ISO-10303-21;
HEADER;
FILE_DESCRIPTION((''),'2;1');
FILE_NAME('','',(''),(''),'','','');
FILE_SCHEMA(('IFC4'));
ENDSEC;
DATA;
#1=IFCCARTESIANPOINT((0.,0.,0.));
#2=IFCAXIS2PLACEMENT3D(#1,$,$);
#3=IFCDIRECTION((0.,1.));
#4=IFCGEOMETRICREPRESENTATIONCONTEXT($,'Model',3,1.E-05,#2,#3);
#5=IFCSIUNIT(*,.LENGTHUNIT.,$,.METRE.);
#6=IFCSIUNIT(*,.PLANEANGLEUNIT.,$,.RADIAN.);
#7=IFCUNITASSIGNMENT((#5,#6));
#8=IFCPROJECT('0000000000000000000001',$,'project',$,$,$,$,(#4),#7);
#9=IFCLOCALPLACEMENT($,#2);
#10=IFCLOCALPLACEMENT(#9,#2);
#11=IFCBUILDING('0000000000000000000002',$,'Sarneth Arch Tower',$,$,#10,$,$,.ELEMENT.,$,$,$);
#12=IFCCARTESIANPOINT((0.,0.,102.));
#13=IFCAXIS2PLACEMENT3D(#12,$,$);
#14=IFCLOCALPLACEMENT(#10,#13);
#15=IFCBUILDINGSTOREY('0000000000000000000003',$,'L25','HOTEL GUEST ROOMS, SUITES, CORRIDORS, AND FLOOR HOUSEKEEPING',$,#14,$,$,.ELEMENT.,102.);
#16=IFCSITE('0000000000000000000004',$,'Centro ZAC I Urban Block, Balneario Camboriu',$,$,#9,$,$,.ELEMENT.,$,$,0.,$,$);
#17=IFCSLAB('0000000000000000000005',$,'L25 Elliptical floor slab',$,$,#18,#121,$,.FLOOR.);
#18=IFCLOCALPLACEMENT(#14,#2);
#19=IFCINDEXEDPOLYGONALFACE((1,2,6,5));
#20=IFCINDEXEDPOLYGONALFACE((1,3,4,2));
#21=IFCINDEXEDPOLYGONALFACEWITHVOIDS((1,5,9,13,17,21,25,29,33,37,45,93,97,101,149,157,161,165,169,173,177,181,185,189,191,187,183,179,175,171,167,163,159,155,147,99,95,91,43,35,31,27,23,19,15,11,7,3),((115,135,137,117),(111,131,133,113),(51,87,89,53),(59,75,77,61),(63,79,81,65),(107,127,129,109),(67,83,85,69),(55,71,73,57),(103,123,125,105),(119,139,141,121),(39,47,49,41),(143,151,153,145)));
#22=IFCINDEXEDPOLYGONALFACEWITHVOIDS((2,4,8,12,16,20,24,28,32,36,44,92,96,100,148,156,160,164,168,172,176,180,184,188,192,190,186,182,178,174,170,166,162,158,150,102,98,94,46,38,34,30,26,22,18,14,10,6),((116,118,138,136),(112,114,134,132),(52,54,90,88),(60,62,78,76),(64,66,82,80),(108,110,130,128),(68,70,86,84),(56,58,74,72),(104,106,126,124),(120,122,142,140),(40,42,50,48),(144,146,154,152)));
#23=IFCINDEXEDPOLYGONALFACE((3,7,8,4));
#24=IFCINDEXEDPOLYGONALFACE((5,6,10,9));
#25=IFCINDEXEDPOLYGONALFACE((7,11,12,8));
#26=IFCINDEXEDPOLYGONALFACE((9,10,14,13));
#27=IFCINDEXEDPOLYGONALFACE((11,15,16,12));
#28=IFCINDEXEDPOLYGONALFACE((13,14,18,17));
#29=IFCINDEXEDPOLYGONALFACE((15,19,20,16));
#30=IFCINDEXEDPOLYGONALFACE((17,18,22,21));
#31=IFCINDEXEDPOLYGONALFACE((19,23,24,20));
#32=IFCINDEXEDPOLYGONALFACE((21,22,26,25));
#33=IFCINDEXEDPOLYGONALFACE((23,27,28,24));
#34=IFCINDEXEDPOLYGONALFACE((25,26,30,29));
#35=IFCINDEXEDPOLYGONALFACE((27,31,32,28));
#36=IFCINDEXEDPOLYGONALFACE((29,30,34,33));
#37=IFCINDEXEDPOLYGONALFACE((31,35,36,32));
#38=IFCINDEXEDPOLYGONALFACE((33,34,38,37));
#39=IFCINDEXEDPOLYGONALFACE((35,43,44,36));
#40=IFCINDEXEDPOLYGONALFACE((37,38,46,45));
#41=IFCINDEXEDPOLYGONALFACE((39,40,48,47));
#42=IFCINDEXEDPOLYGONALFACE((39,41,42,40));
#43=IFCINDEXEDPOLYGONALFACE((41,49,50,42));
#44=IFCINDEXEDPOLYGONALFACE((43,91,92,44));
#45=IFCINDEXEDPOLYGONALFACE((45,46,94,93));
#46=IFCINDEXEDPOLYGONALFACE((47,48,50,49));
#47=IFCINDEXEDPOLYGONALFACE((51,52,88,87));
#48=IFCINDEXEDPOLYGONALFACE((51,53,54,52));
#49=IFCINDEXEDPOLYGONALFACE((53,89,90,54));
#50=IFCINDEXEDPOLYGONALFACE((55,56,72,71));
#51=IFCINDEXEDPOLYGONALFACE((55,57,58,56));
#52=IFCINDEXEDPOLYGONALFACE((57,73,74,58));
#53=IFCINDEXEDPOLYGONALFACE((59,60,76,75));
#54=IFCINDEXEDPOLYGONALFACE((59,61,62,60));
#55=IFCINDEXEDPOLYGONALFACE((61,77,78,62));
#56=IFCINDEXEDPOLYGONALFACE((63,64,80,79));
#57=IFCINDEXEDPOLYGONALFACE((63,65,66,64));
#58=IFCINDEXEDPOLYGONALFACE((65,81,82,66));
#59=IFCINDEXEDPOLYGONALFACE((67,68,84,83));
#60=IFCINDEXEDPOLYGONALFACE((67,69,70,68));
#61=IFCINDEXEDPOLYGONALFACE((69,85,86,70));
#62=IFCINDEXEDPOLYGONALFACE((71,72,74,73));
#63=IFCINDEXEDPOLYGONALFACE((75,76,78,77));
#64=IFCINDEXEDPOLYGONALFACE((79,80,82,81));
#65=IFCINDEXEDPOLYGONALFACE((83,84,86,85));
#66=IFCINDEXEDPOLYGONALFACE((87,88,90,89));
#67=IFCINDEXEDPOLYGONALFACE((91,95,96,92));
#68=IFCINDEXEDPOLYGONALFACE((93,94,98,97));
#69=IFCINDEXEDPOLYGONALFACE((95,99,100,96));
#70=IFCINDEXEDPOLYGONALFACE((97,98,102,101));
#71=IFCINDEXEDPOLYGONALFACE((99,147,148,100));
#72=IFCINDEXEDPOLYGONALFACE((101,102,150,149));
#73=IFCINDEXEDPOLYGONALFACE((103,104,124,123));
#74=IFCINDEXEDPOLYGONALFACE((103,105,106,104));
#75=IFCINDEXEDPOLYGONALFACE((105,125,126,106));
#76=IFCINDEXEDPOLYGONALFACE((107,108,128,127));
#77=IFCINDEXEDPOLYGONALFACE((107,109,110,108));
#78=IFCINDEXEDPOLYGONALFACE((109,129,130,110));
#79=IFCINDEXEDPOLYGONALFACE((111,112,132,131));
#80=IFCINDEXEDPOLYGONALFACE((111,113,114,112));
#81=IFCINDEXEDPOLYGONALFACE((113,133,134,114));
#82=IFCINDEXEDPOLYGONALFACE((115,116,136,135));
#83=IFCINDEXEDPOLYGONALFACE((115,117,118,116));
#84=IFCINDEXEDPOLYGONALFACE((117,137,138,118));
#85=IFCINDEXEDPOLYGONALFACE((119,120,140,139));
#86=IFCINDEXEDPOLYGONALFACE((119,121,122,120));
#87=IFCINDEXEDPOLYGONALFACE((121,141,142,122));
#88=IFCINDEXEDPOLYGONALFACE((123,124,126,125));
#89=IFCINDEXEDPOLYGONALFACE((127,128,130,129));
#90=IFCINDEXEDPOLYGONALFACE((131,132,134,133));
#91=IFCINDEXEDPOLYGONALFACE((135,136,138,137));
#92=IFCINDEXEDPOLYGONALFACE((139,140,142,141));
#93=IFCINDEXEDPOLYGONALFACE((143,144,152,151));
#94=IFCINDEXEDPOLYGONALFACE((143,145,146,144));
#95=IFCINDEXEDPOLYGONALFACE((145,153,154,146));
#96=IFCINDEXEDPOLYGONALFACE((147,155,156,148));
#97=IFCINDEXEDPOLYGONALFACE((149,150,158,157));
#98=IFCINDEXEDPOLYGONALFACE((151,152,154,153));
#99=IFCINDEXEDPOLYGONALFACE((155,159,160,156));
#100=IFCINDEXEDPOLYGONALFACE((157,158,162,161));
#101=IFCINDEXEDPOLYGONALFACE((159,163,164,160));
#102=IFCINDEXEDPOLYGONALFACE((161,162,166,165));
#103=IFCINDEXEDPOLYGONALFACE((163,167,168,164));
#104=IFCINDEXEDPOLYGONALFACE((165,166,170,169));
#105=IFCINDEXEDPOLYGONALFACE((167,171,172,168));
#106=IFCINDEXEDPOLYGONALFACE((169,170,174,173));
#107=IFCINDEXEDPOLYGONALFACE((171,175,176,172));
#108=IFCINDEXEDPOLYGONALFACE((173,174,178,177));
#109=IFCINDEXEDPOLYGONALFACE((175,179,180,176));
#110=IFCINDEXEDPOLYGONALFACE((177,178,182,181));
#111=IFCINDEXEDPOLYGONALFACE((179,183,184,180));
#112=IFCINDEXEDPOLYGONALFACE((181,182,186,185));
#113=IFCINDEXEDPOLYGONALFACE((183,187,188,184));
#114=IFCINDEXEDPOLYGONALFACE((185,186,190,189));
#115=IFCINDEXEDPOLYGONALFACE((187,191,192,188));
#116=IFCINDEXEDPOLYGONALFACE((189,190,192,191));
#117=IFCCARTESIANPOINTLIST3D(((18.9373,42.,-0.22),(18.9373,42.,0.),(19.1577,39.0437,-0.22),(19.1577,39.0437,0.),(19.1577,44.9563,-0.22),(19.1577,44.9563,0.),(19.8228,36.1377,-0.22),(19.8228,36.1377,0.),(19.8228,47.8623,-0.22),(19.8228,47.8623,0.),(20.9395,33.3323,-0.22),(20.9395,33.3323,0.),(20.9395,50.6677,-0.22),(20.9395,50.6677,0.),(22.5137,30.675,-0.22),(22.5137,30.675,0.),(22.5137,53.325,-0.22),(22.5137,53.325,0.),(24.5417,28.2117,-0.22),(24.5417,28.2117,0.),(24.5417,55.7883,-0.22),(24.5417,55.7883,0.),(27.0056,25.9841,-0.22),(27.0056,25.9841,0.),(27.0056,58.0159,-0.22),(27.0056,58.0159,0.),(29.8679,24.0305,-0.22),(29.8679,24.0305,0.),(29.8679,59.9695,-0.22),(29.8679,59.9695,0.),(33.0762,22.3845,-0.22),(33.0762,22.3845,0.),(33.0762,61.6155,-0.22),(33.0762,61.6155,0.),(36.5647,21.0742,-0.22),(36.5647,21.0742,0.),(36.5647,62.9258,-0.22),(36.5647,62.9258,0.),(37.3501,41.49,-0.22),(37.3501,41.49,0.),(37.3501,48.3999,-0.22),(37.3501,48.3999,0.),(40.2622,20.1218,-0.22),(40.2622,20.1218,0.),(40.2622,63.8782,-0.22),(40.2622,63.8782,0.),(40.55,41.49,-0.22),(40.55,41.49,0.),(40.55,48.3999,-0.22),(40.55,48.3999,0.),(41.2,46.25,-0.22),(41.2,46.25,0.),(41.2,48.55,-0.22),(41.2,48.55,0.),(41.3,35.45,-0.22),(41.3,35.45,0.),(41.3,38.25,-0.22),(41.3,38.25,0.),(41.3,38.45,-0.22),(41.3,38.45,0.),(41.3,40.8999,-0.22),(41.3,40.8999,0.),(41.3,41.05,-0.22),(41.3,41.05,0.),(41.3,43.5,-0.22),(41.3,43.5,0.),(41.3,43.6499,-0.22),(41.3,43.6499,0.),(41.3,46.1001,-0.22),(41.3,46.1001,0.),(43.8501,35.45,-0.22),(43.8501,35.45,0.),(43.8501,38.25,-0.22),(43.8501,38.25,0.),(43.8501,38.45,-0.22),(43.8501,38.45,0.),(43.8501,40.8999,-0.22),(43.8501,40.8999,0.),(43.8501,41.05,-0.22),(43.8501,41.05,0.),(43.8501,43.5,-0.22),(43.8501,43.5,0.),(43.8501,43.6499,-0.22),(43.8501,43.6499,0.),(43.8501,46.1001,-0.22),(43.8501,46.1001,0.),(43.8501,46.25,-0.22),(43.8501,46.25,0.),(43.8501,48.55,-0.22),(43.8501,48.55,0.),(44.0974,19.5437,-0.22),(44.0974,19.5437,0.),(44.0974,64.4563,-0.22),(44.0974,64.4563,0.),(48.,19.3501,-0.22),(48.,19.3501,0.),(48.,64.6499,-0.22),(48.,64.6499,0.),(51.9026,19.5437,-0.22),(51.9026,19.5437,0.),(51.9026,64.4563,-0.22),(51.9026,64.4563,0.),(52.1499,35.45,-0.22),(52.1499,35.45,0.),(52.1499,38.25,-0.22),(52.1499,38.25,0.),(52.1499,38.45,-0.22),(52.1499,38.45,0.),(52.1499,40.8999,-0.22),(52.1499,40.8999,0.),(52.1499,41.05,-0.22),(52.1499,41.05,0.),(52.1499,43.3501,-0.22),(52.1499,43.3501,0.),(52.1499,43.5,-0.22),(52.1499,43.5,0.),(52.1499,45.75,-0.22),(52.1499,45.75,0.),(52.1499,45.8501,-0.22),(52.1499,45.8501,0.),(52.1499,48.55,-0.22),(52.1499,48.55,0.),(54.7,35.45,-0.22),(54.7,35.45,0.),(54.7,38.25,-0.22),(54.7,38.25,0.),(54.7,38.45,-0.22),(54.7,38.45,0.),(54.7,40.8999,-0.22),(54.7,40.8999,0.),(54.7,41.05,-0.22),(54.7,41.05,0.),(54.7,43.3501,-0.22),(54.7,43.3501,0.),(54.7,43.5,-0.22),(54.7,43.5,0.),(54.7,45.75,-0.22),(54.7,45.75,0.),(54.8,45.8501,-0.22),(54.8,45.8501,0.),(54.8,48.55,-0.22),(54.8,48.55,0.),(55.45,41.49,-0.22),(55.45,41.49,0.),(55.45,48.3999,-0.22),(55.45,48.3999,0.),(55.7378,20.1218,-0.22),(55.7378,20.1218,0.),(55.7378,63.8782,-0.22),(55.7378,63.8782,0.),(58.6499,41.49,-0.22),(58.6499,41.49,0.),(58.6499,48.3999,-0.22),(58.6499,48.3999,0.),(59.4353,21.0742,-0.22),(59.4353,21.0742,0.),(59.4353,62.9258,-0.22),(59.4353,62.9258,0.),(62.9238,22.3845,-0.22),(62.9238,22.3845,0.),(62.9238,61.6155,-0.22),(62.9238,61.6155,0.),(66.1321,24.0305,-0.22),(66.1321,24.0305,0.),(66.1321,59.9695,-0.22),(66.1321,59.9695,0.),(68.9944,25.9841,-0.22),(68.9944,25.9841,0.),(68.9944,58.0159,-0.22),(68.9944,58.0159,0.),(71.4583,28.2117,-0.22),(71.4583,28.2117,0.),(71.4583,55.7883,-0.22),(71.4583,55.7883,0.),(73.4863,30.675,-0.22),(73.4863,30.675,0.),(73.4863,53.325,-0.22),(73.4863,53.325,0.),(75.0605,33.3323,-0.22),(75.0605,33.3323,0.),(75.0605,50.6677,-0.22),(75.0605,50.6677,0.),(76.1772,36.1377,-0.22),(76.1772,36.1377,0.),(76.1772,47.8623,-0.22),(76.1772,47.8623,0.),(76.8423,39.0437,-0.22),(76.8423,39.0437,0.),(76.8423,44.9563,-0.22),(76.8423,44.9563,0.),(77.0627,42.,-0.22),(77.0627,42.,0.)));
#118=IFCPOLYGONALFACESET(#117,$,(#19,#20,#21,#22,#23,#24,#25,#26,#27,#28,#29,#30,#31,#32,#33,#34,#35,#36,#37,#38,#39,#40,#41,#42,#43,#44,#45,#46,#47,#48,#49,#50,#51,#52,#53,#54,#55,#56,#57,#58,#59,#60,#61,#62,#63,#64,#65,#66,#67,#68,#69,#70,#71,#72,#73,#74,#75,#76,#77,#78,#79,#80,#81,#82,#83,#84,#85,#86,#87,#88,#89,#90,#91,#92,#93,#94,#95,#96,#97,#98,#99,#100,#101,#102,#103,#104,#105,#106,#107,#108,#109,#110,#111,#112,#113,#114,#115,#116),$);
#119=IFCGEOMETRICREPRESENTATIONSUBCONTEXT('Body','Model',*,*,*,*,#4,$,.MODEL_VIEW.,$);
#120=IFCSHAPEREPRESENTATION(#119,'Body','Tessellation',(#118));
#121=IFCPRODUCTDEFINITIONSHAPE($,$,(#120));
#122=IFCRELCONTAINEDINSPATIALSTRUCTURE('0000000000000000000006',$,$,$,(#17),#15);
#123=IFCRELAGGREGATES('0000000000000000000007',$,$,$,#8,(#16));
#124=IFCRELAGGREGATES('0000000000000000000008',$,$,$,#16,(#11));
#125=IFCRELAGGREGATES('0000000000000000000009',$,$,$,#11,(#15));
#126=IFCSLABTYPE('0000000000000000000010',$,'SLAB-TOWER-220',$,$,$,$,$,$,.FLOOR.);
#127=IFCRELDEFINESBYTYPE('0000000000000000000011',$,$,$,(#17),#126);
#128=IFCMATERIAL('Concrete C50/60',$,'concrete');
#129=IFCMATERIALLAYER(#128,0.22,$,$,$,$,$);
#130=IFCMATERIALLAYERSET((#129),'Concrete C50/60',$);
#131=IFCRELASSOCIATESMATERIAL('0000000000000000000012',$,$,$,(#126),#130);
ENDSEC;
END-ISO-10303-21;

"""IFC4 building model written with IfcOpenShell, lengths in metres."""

from ifc_helpers import new_model, si_unit, direction, frame, origin, place, context, subcontext, project, spatial, polyline, outline, extrude, material, layer, layer_set, type_object, element, save


model = new_model("IFC4")

# Units and contexts
model_context = context("Model", 3, precision=1e-05, world=origin(), true_north=direction((0.0, 1.0)))
body_context = subcontext(model_context, "Body", "Model", "MODEL_VIEW")
ifc_project = project(units=[si_unit("LENGTHUNIT", "METRE"), si_unit("PLANEANGLEUNIT", "RADIAN")], contexts=[model_context])

# Site, building, storey
site_placement = place(None, origin())
site = spatial("IfcSite", under=ifc_project, at=site_placement, Name="Centro ZAC I Urban Block, Balneario Camboriu", CompositionType="ELEMENT", RefElevation=0.0)
building_placement = place(site_placement, origin())
building = spatial("IfcBuilding", under=site, at=building_placement, Name="Sarneth Arch Tower", CompositionType="ELEMENT")
storey_placement = place(building_placement, frame((0.0, 0.0, 102.0)))
storey = spatial("IfcBuildingStorey", under=building, at=storey_placement, Name="L25", Description="HOTEL GUEST ROOMS, SUITES, CORRIDORS, AND FLOOR HOUSEKEEPING", CompositionType="ELEMENT", Elevation=102.0)

# Slab
ifc_material_1 = material(Name="Concrete C50/60", Category="concrete")
ifc_layer_1 = layer(ifc_material_1, 0.22)
ifc_layer_set_1 = layer_set([ifc_layer_1], Name="Concrete C50/60")
slab_type_1 = type_object("IfcSlabType", Name="SLAB-TOWER-220", PredefinedType="FLOOR", material=ifc_layer_set_1)
slab_1_placement = place(storey_placement, frame((0.0, 0.0, -0.22)))
element("IfcSlab", 1, at=slab_1_placement, inside=storey, type_object=slab_type_1, Name="L25 Elliptical floor slab", PredefinedType="FLOOR", context=body_context, shape_type="SweptSolid", body=[
    extrude(outline(polyline([(77.0627, 42.0), (76.8423, 44.9563), (76.1772, 47.8623), (75.0605, 50.6677), (73.4863, 53.325), (71.4583, 55.7883), (68.9944, 58.0159), (66.1321, 59.9695), (62.9238, 61.6155), (59.4353, 62.9258), (55.7378, 63.8782), (51.9026, 64.4563), (48.0, 64.6499), (44.0974, 64.4563), (40.2622, 63.8782), (36.5647, 62.9258), (33.0762, 61.6155), (29.8679, 59.9695), (27.0056, 58.0159), (24.5417, 55.7883), (22.5137, 53.325), (20.9395, 50.6677), (19.8228, 47.8623), (19.1577, 44.9563), (18.9373, 42.0), (19.1577, 39.0437), (19.8228, 36.1377), (20.9395, 33.3323), (22.5137, 30.675), (24.5417, 28.2117), (27.0056, 25.9841), (29.8679, 24.0305), (33.0762, 22.3845), (36.5647, 21.0742), (40.2622, 20.1218), (44.0974, 19.5437), (48.0, 19.3501), (51.9026, 19.5437), (55.7378, 20.1218), (59.4353, 21.0742), (62.9238, 22.3845), (66.1321, 24.0305), (68.9944, 25.9841), (71.4583, 28.2117), (73.4863, 30.675), (75.0605, 33.3323), (76.1772, 36.1377), (76.8423, 39.0437), (77.0627, 42.0)]), holes=[polyline([(37.3501, 41.49), (40.55, 41.49), (40.55, 48.3999), (37.3501, 48.3999), (37.3501, 41.49)]), polyline([(55.45, 41.49), (58.6499, 41.49), (58.6499, 48.3999), (55.45, 48.3999), (55.45, 41.49)]), polyline([(41.2, 46.25), (43.8501, 46.25), (43.8501, 48.55), (41.2, 48.55), (41.2, 46.25)]), polyline([(41.3, 35.45), (43.8501, 35.45), (43.8501, 38.25), (41.3, 38.25), (41.3, 35.45)]), polyline([(52.1499, 35.45), (54.7, 35.45), (54.7, 38.25), (52.1499, 38.25), (52.1499, 35.45)]), polyline([(52.1499, 45.8501), (54.8, 45.8501), (54.8, 48.55), (52.1499, 48.55), (52.1499, 45.8501)]), polyline([(41.3, 38.45), (43.8501, 38.45), (43.8501, 40.8999), (41.3, 40.8999), (41.3, 38.45)]), polyline([(41.3, 41.05), (43.8501, 41.05), (43.8501, 43.5), (41.3, 43.5), (41.3, 41.05)]), polyline([(41.3, 43.6499), (43.8501, 43.6499), (43.8501, 46.1001), (41.3, 46.1001), (41.3, 43.6499)]), polyline([(52.1499, 38.45), (54.7, 38.45), (54.7, 40.8999), (52.1499, 40.8999), (52.1499, 38.45)]), polyline([(52.1499, 41.05), (54.7, 41.05), (54.7, 43.3501), (52.1499, 43.3501), (52.1499, 41.05)]), polyline([(52.1499, 43.5), (54.7, 43.5), (54.7, 45.75), (52.1499, 45.75), (52.1499, 43.5)])]), origin(), (0.0, 0.0, 1.0), 0.22),
])

save(model, "model.ifc")
